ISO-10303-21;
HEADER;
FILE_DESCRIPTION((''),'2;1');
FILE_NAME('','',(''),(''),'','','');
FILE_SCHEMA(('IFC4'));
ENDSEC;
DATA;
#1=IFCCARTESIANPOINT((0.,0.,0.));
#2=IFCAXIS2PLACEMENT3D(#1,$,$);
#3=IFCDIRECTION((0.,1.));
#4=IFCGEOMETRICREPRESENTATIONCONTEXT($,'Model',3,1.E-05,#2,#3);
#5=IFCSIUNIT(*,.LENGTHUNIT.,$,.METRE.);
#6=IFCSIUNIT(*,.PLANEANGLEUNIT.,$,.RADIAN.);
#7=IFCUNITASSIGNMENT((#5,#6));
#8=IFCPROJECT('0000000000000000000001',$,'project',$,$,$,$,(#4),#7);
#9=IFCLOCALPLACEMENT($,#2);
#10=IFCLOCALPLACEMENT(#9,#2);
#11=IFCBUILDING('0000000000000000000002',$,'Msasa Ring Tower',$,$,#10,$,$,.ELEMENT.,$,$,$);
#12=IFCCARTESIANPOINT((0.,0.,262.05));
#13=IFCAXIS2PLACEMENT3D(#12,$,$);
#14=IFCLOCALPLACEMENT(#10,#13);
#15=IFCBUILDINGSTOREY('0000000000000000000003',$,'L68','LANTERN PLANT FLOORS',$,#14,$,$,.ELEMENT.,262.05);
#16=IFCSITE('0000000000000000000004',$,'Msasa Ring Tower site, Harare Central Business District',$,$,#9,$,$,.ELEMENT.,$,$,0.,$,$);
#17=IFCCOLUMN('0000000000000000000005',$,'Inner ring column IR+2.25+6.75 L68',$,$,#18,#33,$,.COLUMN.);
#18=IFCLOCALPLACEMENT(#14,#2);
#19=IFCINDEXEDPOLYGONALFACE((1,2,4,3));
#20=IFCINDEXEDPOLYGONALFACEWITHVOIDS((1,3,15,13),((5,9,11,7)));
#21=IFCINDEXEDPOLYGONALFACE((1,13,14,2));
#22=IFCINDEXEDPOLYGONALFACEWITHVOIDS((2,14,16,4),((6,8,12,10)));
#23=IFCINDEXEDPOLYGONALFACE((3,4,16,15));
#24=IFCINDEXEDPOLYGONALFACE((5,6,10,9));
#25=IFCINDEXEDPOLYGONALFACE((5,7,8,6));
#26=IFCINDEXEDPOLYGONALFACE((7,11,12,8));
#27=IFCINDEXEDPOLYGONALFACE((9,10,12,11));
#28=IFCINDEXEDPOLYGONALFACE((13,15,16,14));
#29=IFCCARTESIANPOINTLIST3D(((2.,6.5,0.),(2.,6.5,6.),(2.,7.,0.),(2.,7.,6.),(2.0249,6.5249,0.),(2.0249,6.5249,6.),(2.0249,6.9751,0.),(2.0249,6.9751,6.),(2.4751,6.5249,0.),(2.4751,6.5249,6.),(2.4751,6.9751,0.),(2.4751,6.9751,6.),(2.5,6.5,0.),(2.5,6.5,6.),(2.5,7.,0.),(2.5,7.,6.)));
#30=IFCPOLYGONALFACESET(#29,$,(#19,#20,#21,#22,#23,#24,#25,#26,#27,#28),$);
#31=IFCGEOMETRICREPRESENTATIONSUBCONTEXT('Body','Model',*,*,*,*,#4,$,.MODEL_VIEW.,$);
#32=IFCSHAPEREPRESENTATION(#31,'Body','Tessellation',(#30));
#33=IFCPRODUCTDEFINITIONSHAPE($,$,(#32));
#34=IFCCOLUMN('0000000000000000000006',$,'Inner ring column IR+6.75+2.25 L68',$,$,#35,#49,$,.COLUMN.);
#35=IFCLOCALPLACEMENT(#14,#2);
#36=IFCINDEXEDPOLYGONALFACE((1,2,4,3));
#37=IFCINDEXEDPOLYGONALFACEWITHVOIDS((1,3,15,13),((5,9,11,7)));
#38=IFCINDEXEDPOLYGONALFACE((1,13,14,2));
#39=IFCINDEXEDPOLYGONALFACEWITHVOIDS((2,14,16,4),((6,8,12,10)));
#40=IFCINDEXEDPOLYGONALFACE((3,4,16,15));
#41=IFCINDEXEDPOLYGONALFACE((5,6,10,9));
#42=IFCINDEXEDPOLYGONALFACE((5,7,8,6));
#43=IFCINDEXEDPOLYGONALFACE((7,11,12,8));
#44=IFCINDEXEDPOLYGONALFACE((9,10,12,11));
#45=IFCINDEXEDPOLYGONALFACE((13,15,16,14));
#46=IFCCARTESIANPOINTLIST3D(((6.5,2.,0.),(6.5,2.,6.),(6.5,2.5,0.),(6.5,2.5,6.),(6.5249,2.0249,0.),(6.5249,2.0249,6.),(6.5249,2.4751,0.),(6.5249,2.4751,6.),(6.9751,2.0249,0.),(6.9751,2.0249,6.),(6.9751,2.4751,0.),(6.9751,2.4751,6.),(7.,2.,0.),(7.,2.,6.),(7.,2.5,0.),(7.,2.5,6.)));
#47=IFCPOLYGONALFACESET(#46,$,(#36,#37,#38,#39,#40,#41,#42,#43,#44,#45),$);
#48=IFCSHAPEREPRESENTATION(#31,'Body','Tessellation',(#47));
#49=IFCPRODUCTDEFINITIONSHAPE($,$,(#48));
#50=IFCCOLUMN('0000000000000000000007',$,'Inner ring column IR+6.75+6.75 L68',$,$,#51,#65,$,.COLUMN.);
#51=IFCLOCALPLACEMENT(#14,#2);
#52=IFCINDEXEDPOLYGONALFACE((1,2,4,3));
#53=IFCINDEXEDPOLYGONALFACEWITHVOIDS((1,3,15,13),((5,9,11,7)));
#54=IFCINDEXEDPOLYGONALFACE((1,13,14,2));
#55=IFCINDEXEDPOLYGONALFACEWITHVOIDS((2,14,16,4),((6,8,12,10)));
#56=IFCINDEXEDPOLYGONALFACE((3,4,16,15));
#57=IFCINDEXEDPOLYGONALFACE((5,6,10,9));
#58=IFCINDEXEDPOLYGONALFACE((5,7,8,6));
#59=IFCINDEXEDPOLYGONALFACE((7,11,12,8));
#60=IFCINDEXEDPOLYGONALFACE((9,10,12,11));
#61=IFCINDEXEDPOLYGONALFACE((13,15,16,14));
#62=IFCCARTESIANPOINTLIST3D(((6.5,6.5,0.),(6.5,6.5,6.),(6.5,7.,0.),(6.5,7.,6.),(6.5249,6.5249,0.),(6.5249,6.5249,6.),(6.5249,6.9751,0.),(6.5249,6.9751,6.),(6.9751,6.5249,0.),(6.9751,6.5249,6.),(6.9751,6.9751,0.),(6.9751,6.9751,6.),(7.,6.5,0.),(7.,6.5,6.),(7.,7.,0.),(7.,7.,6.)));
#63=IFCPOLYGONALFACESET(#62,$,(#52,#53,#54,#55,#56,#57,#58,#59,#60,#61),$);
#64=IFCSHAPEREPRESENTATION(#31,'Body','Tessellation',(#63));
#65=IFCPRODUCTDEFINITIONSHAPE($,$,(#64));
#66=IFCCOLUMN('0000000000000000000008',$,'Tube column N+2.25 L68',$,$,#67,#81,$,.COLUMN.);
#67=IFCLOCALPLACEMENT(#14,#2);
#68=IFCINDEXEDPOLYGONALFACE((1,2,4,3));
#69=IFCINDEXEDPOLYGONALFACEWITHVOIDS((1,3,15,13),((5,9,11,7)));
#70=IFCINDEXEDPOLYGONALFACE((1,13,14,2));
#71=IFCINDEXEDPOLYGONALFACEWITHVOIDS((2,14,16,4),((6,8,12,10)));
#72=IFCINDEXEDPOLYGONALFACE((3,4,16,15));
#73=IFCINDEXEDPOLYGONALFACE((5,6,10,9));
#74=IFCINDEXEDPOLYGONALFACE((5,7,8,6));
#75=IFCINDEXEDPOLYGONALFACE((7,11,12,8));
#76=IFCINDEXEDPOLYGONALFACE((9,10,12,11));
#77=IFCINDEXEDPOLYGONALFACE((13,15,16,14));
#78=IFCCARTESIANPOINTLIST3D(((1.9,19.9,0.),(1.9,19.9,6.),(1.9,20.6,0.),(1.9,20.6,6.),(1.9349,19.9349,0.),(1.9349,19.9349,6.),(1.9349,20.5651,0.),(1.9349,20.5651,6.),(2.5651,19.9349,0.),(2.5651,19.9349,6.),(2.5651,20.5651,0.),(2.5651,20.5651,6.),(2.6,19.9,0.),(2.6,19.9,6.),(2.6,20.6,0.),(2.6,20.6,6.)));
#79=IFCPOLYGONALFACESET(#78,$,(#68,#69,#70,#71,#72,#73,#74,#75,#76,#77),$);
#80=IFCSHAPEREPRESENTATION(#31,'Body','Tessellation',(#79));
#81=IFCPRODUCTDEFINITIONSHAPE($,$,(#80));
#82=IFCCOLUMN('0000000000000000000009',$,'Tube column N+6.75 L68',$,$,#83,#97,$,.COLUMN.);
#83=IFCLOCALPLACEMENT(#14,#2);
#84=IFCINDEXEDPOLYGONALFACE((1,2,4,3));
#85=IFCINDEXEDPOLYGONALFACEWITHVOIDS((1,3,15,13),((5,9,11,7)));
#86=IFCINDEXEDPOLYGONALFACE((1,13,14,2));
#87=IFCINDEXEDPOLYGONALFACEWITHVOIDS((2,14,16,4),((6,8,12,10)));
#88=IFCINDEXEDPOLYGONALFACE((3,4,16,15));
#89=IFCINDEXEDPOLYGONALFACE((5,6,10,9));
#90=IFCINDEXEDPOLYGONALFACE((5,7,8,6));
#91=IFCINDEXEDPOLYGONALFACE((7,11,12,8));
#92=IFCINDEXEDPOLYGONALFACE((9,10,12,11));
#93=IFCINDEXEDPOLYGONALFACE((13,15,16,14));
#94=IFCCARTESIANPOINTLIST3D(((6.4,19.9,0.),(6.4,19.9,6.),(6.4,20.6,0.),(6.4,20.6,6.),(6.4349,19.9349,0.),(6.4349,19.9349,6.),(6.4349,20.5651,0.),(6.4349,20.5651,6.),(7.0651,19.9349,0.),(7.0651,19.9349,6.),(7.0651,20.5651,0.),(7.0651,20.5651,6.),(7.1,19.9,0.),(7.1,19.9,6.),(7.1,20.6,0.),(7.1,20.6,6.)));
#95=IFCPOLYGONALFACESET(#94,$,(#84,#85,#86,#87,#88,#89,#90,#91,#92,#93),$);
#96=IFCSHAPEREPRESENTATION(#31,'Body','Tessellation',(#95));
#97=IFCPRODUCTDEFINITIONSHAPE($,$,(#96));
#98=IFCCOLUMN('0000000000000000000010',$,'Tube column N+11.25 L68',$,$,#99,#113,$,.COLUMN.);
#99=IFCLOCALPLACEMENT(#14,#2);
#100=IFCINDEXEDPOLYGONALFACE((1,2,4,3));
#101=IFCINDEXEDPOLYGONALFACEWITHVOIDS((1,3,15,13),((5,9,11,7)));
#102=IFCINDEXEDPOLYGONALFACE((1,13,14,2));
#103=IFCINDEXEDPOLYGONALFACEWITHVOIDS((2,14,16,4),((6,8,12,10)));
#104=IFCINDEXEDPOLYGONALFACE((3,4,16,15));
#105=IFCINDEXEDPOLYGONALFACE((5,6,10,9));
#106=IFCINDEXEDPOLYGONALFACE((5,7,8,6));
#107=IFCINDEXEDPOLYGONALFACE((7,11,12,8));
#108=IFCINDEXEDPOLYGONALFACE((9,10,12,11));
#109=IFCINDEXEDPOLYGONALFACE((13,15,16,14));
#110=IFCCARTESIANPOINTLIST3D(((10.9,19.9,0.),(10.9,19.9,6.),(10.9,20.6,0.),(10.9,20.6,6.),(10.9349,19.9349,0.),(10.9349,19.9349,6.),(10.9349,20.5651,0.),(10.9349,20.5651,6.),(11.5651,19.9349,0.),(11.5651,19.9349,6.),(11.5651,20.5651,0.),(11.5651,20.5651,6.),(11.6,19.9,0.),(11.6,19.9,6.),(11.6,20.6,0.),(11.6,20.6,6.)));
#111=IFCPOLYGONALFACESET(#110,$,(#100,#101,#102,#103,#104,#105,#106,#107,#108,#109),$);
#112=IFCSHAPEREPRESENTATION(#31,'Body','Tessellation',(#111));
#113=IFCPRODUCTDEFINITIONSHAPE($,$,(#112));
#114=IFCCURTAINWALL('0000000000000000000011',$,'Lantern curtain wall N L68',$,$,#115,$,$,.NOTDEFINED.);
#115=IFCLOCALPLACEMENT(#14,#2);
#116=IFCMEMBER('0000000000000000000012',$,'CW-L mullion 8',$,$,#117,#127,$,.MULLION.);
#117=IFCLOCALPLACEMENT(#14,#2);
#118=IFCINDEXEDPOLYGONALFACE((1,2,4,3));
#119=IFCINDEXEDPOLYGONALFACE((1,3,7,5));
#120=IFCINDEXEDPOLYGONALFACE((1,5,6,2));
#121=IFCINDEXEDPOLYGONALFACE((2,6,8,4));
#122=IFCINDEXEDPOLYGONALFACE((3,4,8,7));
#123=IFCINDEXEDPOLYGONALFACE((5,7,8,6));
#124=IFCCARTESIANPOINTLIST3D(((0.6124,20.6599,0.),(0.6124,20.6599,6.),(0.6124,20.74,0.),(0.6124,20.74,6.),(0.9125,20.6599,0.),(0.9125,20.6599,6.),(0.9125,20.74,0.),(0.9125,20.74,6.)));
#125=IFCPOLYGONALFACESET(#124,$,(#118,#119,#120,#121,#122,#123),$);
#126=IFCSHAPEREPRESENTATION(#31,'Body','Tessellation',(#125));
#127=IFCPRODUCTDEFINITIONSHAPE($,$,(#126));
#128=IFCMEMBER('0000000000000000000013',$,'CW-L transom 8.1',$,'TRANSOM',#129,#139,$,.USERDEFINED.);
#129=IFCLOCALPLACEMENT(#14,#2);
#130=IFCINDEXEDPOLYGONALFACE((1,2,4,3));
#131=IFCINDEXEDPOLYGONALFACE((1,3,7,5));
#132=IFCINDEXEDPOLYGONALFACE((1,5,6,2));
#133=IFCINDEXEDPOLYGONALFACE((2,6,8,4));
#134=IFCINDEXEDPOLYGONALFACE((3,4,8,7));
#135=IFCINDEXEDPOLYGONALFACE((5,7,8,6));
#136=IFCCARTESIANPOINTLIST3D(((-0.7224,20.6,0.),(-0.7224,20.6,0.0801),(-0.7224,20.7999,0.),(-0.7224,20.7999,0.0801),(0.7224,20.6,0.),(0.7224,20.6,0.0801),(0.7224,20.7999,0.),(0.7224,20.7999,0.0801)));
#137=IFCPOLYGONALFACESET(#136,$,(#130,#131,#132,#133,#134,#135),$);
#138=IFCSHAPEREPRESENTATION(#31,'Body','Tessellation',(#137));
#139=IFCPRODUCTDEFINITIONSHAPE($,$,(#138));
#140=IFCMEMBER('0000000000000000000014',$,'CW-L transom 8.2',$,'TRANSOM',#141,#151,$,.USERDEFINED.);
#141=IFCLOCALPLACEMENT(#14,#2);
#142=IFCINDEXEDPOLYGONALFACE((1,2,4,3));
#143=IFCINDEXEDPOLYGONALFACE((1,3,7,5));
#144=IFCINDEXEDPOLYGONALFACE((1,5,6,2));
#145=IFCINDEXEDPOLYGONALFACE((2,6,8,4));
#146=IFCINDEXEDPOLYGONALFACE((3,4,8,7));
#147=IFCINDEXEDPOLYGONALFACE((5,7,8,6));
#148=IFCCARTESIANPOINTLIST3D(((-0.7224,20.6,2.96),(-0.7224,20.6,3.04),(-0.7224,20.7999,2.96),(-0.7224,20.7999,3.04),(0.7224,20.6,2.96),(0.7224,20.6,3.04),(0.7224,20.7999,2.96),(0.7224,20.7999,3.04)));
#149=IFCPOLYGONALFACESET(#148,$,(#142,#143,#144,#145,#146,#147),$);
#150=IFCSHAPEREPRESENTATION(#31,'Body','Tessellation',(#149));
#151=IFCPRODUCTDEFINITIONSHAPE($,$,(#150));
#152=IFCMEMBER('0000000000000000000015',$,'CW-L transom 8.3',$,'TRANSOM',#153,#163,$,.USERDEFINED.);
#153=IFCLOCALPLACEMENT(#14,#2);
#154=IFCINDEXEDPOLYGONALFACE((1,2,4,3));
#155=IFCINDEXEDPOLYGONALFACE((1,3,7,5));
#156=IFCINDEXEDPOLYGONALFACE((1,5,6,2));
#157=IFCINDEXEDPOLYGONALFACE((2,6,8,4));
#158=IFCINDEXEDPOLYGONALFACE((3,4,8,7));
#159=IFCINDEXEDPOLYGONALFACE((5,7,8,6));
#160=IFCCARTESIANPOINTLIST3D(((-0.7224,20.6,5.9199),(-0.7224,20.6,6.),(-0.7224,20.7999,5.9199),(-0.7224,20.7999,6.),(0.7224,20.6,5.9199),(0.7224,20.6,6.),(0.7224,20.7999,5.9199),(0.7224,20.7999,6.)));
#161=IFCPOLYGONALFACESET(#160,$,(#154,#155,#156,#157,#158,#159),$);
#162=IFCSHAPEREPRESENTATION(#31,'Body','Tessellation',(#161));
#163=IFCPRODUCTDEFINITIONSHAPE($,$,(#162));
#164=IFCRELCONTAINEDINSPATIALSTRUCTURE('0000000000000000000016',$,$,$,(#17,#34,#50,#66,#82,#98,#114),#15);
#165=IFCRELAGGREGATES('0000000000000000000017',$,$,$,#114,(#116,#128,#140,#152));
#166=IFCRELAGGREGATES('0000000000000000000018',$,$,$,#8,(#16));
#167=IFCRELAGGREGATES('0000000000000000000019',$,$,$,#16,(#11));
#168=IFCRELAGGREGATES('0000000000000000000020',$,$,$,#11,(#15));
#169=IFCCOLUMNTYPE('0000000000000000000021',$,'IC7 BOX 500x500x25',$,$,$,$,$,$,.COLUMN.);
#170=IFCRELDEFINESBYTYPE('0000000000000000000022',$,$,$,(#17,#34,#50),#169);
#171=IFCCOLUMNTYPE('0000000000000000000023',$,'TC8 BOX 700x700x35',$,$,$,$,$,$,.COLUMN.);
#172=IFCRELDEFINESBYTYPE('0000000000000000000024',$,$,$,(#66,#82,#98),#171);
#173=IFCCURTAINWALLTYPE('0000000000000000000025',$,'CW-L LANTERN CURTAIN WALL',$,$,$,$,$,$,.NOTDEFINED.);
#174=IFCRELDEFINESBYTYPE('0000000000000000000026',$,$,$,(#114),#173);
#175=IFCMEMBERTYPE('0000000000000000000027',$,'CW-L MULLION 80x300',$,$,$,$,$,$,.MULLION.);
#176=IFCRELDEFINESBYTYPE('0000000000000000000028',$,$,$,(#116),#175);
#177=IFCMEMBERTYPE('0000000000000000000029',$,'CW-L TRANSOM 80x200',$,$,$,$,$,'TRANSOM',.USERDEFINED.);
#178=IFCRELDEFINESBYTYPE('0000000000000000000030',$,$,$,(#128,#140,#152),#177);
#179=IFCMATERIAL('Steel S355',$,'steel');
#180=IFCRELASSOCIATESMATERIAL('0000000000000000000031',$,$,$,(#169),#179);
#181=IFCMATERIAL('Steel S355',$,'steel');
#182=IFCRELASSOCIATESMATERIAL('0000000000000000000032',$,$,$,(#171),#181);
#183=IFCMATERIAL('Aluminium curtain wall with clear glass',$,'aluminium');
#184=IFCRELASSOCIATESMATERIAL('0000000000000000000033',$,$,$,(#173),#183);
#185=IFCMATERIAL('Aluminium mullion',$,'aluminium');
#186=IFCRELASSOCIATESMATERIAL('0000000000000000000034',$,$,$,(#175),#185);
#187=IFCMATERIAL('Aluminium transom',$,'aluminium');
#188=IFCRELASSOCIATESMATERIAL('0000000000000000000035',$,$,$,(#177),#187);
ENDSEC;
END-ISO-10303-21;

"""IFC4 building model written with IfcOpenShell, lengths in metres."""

from ifc_helpers import new_model, si_unit, direction, frame, origin, origin_2d, place, context, subcontext, project, spatial, rectangle, hollow_rectangle, extrude, material, material_profile, profile_set, type_object, element, aggregate, save


model = new_model("IFC4")

# Units and contexts
model_context = context("Model", 3, precision=1e-05, world=origin(), true_north=direction((0.0, 1.0)))
body_context = subcontext(model_context, "Body", "Model", "MODEL_VIEW")
ifc_project = project(units=[si_unit("LENGTHUNIT", "METRE"), si_unit("PLANEANGLEUNIT", "RADIAN")], contexts=[model_context])

# Site, building, storey
site_placement = place(None, origin())
site = spatial("IfcSite", under=ifc_project, at=site_placement, Name="Msasa Ring Tower site, Harare Central Business District", CompositionType="ELEMENT", RefElevation=0.0)
building_placement = place(site_placement, origin())
building = spatial("IfcBuilding", under=site, at=building_placement, Name="Msasa Ring Tower", CompositionType="ELEMENT")
storey_placement = place(building_placement, frame((0.0, 0.0, 262.05)))
storey = spatial("IfcBuildingStorey", under=building, at=storey_placement, Name="L68", Description="LANTERN PLANT FLOORS", CompositionType="ELEMENT", Elevation=262.05)

# Columns
ifc_material_1 = material(Name="Steel S355", Category="steel")
ifc_material_profile_1 = material_profile(ifc_material_1, hollow_rectangle(XDim=0.5, YDim=0.5, WallThickness=0.0249, at=origin_2d()), Name="BOX 500x500x25")
ifc_profile_set_1 = profile_set([ifc_material_profile_1], Name="Steel S355")
column_type_1 = type_object("IfcColumnType", Name="IC7 BOX 500x500x25", PredefinedType="COLUMN", material=ifc_profile_set_1)
for number, where, z_axis, x_axis, name in (
    (1, (2.25, 6.75, 0.0), (0.0, 0.0, 1.0), (1.0, 0.0, 0.0), "Inner ring column IR+2.25+6.75 L68"),
    (2, (6.75, 2.25, 0.0), (0.0, 0.0, 1.0), (1.0, 0.0, 0.0), "Inner ring column IR+6.75+2.25 L68"),
    (3, (6.75, 6.75, 0.0), (0.0, 0.0, 1.0), (1.0, 0.0, 0.0), "Inner ring column IR+6.75+6.75 L68"),
):
    element("IfcColumn", number, at=place(storey_placement, frame(where, z_axis=z_axis, x_axis=x_axis)), inside=storey, type_object=column_type_1, Name=name, PredefinedType="COLUMN", context=body_context, shape_type="SweptSolid", body=[
        extrude(hollow_rectangle(XDim=0.5, YDim=0.5, WallThickness=0.0249, at=origin_2d()), origin(), (0.0, 0.0, 1.0), 6.0),
    ])
ifc_material_2 = material(Name="Steel S355", Category="steel")
ifc_material_profile_2 = material_profile(ifc_material_2, hollow_rectangle(XDim=0.7, YDim=0.7, WallThickness=0.0349, at=origin_2d()), Name="BOX 700x700x35")
ifc_profile_set_2 = profile_set([ifc_material_profile_2], Name="Steel S355")
column_type_2 = type_object("IfcColumnType", Name="TC8 BOX 700x700x35", PredefinedType="COLUMN", material=ifc_profile_set_2)
for number, where, z_axis, x_axis, name in (
    (4, (2.25, 20.25, 0.0), (0.0, 0.0, 1.0), (0.0, 1.0, 0.0), "Tube column N+2.25 L68"),
    (5, (6.75, 20.25, 0.0), (0.0, 0.0, 1.0), (0.0, 1.0, 0.0), "Tube column N+6.75 L68"),
    (6, (11.25, 20.25, 0.0), (0.0, 0.0, 1.0), (0.0, 1.0, 0.0), "Tube column N+11.25 L68"),
):
    element("IfcColumn", number, at=place(storey_placement, frame(where, z_axis=z_axis, x_axis=x_axis)), inside=storey, type_object=column_type_2, Name=name, PredefinedType="COLUMN", context=body_context, shape_type="SweptSolid", body=[
        extrude(hollow_rectangle(XDim=0.7, YDim=0.7, WallThickness=0.0349, at=origin_2d()), origin(), (0.0, 0.0, 1.0), 6.0),
    ])

# Curtain wall, members
ifc_material_3 = material(Name="Aluminium curtain wall with clear glass", Category="aluminium")
curtain_wall_type = type_object("IfcCurtainWallType", Name="CW-L LANTERN CURTAIN WALL", PredefinedType="NOTDEFINED", material=ifc_material_3)
curtain_wall_placement = place(storey_placement, origin())
curtain_wall = element("IfcCurtainWall", 7, at=curtain_wall_placement, inside=storey, type_object=curtain_wall_type, Name="Lantern curtain wall N L68", PredefinedType="NOTDEFINED")
ifc_material_4 = material(Name="Aluminium mullion", Category="aluminium")
ifc_material_profile_3 = material_profile(ifc_material_4, rectangle(XDim=0.0801, YDim=0.3, at=origin_2d()), Name="AL 80x300")
ifc_profile_set_3 = profile_set([ifc_material_profile_3], Name="Aluminium mullion")
member_type_1 = type_object("IfcMemberType", Name="CW-L MULLION 80x300", PredefinedType="MULLION", material=ifc_profile_set_3)
member_1_placement = place(storey_placement, frame((0.7625, 20.7, 0.0), z_axis=(0.0, 0.0, 1.0), x_axis=(0.0, -1.0, 0.0)))
member_1 = element("IfcMember", 8, at=member_1_placement, type_object=member_type_1, Name="CW-L mullion 8", PredefinedType="MULLION", context=body_context, shape_type="SweptSolid", body=[
    extrude(rectangle(XDim=0.0801, YDim=0.3, at=origin_2d()), origin(), (0.0, 0.0, 1.0), 6.0),
])
ifc_material_5 = material(Name="Aluminium transom", Category="aluminium")
ifc_material_profile_4 = material_profile(ifc_material_5, rectangle(XDim=0.2, YDim=0.0801, at=origin_2d()), Name="AL 80x200")
ifc_profile_set_4 = profile_set([ifc_material_profile_4], Name="Aluminium transom")
member_type_2 = type_object("IfcMemberType", Name="CW-L TRANSOM 80x200", ElementType="TRANSOM", PredefinedType="USERDEFINED", material=ifc_profile_set_4)
member_2_placement = place(storey_placement, frame((0.7224, 20.7, 0.04), z_axis=(-1.0, 0.0, 0.0), x_axis=(0.0, -1.0, 0.0)))
member_2 = element("IfcMember", 9, at=member_2_placement, type_object=member_type_2, Name="CW-L transom 8.1", ObjectType="TRANSOM", PredefinedType="USERDEFINED", context=body_context, shape_type="SweptSolid", body=[
    extrude(rectangle(XDim=0.2, YDim=0.0801, at=origin_2d()), origin(), (0.0, 0.0, 1.0), 1.4448),
])
member_3_placement = place(storey_placement, frame((0.7224, 20.7, 3.0), z_axis=(-1.0, 0.0, 0.0), x_axis=(0.0, -1.0, 0.0)))
member_3 = element("IfcMember", 10, at=member_3_placement, type_object=member_type_2, Name="CW-L transom 8.2", ObjectType="TRANSOM", PredefinedType="USERDEFINED", context=body_context, shape_type="SweptSolid", body=[
    extrude(rectangle(XDim=0.2, YDim=0.0801, at=origin_2d()), origin(), (0.0, 0.0, 1.0), 1.4448),
])
member_4_placement = place(storey_placement, frame((0.7224, 20.7, 5.96), z_axis=(-1.0, 0.0, 0.0), x_axis=(0.0, -1.0, 0.0)))
member_4 = element("IfcMember", 11, at=member_4_placement, type_object=member_type_2, Name="CW-L transom 8.3", ObjectType="TRANSOM", PredefinedType="USERDEFINED", context=body_context, shape_type="SweptSolid", body=[
    extrude(rectangle(XDim=0.2, YDim=0.0801, at=origin_2d()), origin(), (0.0, 0.0, 1.0), 1.4448),
])

aggregate(curtain_wall, [member_1, member_2, member_3, member_4])

save(model, "model.ifc")
